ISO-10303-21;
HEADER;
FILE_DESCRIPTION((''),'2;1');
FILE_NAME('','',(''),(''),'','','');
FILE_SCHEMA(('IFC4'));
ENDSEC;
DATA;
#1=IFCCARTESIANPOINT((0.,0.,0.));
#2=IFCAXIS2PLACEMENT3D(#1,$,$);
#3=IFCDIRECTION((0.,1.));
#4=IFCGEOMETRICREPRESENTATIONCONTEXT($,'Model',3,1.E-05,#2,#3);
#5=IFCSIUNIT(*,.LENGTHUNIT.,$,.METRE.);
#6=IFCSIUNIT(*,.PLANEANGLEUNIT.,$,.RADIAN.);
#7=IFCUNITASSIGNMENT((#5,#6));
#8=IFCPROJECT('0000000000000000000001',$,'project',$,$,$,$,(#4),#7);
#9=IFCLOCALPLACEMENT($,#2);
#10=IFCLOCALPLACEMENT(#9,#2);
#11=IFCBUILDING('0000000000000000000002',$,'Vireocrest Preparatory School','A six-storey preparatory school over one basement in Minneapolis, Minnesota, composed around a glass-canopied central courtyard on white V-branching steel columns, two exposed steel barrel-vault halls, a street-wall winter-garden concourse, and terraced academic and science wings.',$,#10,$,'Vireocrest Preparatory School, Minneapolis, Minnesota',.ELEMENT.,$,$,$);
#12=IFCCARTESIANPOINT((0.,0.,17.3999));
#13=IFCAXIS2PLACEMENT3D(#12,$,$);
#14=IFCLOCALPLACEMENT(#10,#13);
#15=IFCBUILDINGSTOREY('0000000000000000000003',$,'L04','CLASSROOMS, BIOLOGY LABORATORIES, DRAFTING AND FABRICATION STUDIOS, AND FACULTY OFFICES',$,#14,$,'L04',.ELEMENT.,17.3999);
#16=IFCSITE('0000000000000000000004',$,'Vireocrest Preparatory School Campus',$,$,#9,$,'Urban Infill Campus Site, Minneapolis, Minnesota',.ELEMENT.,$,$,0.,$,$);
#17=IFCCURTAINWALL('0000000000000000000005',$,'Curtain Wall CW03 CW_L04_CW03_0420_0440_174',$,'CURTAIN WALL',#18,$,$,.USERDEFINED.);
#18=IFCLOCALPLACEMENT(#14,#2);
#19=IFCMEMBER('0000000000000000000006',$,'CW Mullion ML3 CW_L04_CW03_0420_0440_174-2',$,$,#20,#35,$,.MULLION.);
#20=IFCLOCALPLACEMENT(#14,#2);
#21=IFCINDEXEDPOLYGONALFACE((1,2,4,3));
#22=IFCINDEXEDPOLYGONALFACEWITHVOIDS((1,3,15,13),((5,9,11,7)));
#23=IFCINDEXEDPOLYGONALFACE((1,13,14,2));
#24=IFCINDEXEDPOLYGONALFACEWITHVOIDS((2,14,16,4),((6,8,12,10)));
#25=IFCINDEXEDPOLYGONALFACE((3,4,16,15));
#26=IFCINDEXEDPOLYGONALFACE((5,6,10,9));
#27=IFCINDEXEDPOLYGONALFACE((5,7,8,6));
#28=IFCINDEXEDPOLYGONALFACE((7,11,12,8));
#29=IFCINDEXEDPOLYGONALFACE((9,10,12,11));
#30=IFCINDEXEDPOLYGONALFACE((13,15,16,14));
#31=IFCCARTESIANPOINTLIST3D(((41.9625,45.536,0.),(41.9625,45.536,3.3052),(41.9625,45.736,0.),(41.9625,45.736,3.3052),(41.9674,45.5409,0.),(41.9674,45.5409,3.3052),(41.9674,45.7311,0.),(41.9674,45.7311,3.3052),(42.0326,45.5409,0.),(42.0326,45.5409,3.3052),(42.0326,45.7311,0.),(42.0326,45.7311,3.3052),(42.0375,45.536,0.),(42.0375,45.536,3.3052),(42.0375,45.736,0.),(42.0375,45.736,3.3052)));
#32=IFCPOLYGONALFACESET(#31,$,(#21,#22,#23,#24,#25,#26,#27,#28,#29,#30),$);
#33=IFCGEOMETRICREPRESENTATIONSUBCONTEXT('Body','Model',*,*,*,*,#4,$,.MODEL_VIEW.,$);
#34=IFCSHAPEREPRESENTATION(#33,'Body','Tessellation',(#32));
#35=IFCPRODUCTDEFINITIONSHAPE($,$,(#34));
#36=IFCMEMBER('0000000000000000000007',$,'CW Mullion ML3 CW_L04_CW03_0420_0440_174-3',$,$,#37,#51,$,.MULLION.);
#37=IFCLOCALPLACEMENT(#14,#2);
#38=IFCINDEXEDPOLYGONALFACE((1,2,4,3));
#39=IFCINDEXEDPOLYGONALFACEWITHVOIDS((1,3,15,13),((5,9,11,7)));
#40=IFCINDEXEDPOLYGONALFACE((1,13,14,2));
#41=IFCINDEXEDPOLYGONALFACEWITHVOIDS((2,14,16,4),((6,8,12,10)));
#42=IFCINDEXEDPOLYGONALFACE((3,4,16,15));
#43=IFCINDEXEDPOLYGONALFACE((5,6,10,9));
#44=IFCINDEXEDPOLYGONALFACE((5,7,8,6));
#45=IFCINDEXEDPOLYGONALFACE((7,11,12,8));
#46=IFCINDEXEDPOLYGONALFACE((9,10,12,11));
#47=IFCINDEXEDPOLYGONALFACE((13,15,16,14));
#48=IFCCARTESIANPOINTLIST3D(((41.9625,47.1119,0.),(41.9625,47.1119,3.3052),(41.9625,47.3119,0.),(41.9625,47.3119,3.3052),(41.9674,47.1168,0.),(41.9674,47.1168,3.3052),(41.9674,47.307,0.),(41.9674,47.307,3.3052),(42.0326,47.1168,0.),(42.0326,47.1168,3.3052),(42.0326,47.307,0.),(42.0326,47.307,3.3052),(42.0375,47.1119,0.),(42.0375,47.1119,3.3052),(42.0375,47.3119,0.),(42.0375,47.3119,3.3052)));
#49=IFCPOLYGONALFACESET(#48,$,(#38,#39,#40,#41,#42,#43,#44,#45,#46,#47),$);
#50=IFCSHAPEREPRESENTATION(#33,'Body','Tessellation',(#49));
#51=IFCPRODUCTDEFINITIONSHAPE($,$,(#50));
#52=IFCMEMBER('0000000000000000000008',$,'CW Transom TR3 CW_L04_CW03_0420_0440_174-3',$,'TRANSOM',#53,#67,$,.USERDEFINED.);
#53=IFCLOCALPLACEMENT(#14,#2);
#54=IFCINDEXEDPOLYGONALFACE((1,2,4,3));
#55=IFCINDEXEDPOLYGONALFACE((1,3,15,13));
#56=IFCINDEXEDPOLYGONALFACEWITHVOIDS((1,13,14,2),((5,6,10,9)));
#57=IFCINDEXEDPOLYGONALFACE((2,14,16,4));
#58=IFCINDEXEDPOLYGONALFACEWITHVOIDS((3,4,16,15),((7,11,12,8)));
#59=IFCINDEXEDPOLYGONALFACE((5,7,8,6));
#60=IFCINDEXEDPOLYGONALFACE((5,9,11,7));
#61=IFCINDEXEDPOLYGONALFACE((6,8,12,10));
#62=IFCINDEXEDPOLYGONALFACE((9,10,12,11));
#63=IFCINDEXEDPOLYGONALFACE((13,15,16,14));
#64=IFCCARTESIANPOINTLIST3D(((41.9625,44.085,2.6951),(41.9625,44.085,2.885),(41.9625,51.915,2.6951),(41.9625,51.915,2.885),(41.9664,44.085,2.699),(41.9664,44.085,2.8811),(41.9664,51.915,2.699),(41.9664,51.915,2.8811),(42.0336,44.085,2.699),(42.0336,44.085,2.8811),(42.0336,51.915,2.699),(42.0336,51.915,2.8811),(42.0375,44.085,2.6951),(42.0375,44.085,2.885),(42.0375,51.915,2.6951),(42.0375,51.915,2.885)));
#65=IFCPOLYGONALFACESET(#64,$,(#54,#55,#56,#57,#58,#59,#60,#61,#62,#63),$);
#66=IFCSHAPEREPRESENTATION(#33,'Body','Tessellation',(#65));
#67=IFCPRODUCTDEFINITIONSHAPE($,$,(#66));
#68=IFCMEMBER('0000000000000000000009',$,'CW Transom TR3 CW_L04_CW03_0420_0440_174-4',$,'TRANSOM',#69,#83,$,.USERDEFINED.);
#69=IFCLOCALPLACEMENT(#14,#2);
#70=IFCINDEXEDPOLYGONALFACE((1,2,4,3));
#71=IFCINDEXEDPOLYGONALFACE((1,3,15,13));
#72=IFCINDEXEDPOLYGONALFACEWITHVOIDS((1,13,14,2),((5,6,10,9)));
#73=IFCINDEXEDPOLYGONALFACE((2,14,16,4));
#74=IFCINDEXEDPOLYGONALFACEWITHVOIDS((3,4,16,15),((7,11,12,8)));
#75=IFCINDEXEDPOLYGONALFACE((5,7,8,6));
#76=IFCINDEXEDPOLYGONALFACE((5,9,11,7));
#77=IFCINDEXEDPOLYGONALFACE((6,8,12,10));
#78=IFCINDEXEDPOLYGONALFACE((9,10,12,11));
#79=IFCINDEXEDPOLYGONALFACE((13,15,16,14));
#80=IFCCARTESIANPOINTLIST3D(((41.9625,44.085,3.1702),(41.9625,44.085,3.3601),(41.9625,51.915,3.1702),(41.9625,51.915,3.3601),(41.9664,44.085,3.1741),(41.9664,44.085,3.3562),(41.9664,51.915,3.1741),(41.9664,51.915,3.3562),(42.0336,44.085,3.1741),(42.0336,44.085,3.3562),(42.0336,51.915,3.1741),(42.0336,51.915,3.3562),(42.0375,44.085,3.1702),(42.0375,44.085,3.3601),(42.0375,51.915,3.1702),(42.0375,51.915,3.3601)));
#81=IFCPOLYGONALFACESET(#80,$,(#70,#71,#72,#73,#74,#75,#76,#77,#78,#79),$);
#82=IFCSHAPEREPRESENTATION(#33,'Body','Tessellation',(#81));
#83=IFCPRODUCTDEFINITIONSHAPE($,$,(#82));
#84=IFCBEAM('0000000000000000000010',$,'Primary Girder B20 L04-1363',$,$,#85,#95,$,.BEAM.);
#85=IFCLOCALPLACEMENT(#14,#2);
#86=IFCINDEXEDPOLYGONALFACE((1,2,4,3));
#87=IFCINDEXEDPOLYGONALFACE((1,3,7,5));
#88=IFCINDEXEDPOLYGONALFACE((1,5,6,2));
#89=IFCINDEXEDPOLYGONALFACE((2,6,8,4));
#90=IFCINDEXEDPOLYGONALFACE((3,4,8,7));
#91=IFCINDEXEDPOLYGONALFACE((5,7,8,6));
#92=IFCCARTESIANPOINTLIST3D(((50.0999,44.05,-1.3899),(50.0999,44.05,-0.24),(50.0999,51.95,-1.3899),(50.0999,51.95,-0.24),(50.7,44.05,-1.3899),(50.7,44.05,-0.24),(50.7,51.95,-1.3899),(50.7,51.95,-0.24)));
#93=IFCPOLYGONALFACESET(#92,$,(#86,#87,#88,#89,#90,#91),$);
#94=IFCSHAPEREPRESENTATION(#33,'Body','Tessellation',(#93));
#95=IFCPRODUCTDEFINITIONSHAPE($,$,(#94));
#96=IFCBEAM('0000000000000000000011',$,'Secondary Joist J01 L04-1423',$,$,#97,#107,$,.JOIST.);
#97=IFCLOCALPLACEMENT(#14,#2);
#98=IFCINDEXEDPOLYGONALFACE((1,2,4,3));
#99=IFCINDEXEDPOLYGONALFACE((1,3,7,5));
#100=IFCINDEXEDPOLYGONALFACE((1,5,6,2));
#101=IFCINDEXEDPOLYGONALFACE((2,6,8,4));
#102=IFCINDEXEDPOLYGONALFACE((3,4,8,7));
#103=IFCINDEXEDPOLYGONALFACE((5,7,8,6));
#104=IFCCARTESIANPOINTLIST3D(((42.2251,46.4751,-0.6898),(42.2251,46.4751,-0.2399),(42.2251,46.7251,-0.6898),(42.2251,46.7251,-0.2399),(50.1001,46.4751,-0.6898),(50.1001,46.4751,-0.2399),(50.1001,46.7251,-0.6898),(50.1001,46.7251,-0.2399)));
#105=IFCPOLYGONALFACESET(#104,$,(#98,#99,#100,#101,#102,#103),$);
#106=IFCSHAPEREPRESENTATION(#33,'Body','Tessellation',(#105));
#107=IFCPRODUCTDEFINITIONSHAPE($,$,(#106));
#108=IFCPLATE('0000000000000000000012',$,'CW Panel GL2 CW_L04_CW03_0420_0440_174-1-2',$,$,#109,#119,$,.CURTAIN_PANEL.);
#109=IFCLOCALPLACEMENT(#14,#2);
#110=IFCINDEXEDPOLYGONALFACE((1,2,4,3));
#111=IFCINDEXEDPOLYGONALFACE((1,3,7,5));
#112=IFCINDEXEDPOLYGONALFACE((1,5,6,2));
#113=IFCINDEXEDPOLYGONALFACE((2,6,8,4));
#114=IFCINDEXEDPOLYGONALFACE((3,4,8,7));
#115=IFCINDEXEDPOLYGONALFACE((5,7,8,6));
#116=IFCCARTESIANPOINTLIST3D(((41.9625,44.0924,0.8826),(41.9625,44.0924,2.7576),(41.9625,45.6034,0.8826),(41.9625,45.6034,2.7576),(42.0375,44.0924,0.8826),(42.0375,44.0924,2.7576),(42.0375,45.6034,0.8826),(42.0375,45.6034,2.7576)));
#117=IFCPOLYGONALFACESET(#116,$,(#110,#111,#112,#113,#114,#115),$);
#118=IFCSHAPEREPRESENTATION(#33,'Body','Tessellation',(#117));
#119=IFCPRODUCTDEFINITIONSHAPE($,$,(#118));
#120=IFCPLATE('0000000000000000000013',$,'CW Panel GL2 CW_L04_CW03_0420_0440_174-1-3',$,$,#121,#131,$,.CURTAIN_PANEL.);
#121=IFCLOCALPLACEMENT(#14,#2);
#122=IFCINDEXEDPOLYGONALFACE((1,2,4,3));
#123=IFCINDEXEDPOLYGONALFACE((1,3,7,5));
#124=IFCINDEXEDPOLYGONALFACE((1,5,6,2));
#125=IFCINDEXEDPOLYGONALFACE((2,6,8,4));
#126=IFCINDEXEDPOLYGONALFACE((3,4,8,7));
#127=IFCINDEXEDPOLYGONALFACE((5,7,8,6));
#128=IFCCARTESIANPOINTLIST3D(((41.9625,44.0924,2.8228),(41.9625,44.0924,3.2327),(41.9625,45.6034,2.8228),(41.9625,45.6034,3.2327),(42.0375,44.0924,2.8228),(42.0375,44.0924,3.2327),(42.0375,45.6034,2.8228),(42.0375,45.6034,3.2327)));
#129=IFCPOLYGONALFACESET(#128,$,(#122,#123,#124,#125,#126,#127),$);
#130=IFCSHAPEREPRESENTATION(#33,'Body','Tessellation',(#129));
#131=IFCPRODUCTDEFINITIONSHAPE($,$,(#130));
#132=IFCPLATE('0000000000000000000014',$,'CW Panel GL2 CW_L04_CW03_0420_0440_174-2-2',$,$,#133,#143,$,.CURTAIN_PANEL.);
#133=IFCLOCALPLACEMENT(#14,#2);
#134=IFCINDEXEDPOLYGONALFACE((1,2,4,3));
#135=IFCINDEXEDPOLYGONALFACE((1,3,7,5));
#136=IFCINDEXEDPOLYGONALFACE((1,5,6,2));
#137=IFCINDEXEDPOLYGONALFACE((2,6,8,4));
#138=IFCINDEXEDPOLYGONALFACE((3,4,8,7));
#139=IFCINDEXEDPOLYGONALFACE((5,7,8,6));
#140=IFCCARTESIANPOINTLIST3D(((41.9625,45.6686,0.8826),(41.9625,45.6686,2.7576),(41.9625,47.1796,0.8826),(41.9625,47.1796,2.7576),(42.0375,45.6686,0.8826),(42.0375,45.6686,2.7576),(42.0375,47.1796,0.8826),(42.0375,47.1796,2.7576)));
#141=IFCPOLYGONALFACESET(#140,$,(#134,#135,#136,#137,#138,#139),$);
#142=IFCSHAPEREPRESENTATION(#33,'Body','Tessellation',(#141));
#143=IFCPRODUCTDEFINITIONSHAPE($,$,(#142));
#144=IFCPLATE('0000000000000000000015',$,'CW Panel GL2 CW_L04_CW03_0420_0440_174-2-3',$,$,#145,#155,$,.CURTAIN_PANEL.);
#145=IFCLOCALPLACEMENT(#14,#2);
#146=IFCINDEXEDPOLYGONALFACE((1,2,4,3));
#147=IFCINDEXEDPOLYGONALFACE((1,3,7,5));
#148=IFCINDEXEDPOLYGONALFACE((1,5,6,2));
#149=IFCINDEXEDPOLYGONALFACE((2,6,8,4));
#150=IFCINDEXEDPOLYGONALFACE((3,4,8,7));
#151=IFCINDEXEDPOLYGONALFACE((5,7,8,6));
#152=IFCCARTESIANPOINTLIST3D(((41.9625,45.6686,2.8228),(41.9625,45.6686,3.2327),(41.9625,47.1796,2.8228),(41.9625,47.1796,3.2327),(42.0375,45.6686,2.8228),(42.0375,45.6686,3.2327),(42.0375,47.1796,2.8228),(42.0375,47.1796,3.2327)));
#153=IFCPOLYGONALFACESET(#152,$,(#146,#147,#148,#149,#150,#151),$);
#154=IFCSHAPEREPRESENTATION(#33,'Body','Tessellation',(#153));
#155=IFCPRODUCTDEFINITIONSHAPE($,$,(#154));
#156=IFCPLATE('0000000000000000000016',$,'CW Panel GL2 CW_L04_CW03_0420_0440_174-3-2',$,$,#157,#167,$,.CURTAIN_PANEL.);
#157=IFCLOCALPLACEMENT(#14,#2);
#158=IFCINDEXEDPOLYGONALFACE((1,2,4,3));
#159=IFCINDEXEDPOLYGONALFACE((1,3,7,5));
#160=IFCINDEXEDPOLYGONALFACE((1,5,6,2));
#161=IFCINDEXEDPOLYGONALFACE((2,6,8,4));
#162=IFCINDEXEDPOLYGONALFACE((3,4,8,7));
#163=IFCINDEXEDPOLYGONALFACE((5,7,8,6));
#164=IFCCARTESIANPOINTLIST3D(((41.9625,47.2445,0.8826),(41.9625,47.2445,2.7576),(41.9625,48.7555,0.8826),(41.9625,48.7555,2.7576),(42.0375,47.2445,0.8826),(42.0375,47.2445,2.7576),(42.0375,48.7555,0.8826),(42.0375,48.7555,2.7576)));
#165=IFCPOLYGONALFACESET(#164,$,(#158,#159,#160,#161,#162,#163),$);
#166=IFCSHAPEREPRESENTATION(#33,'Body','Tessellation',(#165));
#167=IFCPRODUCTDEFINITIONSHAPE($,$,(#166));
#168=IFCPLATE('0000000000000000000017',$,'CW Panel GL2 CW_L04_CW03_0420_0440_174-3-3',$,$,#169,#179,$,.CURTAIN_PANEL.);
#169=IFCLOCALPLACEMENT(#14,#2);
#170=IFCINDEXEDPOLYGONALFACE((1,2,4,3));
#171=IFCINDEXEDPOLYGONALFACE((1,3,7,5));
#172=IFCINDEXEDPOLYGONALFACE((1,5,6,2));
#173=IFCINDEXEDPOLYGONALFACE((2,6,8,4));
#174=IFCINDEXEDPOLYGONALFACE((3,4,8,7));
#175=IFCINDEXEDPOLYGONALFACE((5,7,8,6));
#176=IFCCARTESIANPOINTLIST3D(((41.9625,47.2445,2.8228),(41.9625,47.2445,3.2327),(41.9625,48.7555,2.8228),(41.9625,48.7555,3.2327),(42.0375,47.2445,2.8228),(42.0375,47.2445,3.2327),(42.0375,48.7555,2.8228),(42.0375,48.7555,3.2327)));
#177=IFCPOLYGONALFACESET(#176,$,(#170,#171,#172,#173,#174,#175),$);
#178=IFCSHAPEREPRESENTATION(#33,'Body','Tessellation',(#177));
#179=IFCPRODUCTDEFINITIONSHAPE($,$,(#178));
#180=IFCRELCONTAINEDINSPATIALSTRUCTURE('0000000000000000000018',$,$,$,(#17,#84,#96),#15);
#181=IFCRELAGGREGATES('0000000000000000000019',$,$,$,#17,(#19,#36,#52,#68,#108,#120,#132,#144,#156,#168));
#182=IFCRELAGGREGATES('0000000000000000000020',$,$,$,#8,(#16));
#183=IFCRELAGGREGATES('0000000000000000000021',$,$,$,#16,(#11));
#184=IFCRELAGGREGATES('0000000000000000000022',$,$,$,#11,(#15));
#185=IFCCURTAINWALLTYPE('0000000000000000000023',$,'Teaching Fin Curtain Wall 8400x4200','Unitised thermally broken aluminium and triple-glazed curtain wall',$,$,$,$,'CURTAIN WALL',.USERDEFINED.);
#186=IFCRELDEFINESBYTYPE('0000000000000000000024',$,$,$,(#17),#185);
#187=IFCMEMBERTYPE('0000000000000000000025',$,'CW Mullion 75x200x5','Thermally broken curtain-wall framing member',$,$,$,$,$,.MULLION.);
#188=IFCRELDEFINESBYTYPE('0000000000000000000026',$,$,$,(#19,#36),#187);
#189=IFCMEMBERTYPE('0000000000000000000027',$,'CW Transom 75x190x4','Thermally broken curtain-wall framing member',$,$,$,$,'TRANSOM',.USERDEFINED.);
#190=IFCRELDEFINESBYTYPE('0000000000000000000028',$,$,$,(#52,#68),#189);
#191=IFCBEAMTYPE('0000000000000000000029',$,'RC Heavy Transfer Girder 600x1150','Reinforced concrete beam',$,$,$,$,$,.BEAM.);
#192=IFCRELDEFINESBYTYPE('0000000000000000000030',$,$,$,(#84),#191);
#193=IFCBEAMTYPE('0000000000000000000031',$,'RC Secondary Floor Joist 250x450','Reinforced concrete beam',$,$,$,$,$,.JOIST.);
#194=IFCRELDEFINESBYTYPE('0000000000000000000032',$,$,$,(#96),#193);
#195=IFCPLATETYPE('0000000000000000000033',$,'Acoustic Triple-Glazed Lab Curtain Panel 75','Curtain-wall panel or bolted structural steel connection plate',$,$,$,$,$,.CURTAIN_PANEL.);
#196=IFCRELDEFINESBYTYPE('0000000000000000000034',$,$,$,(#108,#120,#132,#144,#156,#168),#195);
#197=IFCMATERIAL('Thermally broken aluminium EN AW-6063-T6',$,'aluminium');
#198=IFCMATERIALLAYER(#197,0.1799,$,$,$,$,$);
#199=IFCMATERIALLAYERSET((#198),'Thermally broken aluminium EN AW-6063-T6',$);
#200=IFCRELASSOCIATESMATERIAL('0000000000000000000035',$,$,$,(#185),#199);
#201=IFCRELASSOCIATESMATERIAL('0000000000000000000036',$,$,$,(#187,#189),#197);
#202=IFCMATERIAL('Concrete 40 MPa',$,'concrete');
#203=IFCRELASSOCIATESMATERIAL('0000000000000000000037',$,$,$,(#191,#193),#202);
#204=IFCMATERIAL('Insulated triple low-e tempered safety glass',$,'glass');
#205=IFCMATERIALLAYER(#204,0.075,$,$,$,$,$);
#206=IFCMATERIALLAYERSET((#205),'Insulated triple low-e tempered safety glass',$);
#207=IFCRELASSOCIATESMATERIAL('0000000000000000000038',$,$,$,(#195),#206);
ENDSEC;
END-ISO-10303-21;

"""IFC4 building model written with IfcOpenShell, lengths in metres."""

from ifc_helpers import new_model, si_unit, direction, frame, origin, origin_2d, place, context, subcontext, project, spatial, rectangle, hollow_rectangle, extrude, material, layer, layer_set, material_profile, profile_set, type_object, element, aggregate, save


model = new_model("IFC4")

# Units and contexts
model_context = context("Model", 3, precision=1e-05, world=origin(), true_north=direction((0.0, 1.0)))
body_context = subcontext(model_context, "Body", "Model", "MODEL_VIEW")
ifc_project = project(units=[si_unit("LENGTHUNIT", "METRE"), si_unit("PLANEANGLEUNIT", "RADIAN")], contexts=[model_context])

# Site, building, storey
site_placement = place(None, origin())
site = spatial("IfcSite", under=ifc_project, at=site_placement, Name="Vireocrest Preparatory School Campus", LongName="Urban Infill Campus Site, Minneapolis, Minnesota", CompositionType="ELEMENT", RefElevation=0.0)
building_placement = place(site_placement, origin())
building = spatial("IfcBuilding", under=site, at=building_placement, Name="Vireocrest Preparatory School", Description="A six-storey preparatory school over one basement in Minneapolis, Minnesota, composed around a glass-canopied central courtyard on white V-branching steel columns, two exposed steel barrel-vault halls, a street-wall winter-garden concourse, and terraced academic and science wings.", LongName="Vireocrest Preparatory School, Minneapolis, Minnesota", CompositionType="ELEMENT")
storey_placement = place(building_placement, frame((0.0, 0.0, 17.3999)))
storey = spatial("IfcBuildingStorey", under=building, at=storey_placement, Name="L04", Description="CLASSROOMS, BIOLOGY LABORATORIES, DRAFTING AND FABRICATION STUDIOS, AND FACULTY OFFICES", LongName="L04", CompositionType="ELEMENT", Elevation=17.3999)

# Curtain wall, members
ifc_material_1 = material(Name="Thermally broken aluminium EN AW-6063-T6", Category="aluminium")
ifc_layer_1 = layer(ifc_material_1, 0.1799)
ifc_layer_set_1 = layer_set([ifc_layer_1], Name="Thermally broken aluminium EN AW-6063-T6")
curtain_wall_type = type_object("IfcCurtainWallType", Name="Teaching Fin Curtain Wall 8400x4200", Description="Unitised thermally broken aluminium and triple-glazed curtain wall", ElementType="CURTAIN WALL", PredefinedType="USERDEFINED", material=ifc_layer_set_1)
curtain_wall_placement = place(storey_placement, origin())
curtain_wall = element("IfcCurtainWall", 1, at=curtain_wall_placement, inside=storey, type_object=curtain_wall_type, Name="Curtain Wall CW03 CW_L04_CW03_0420_0440_174", ObjectType="CURTAIN WALL", PredefinedType="USERDEFINED")
ifc_material_profile_1 = material_profile(ifc_material_1, hollow_rectangle(XDim=0.075, YDim=0.2, WallThickness=0.0049, at=origin_2d()), Name="ALU 75x200x5")
ifc_profile_set_1 = profile_set([ifc_material_profile_1], Name="Thermally broken aluminium EN AW-6063-T6")
member_type_1 = type_object("IfcMemberType", Name="CW Mullion 75x200x5", Description="Thermally broken curtain-wall framing member", PredefinedType="MULLION", material=ifc_profile_set_1)
member_1_placement = place(storey_placement, frame((42.0, 45.636, 0.0), z_axis=(0.0, 0.0, 1.0), x_axis=(1.0, 0.0, 0.0)))
member_1 = element("IfcMember", 2, at=member_1_placement, type_object=member_type_1, Name="CW Mullion ML3 CW_L04_CW03_0420_0440_174-2", PredefinedType="MULLION", context=body_context, shape_type="SweptSolid", body=[
    extrude(hollow_rectangle(XDim=0.075, YDim=0.2, WallThickness=0.0049, at=origin_2d()), origin(), (0.0, 0.0, 1.0), 3.3052),
])
member_2_placement = place(storey_placement, frame((42.0, 47.2119, 0.0), z_axis=(0.0, 0.0, 1.0), x_axis=(1.0, 0.0, 0.0)))
member_2 = element("IfcMember", 3, at=member_2_placement, type_object=member_type_1, Name="CW Mullion ML3 CW_L04_CW03_0420_0440_174-3", PredefinedType="MULLION", context=body_context, shape_type="SweptSolid", body=[
    extrude(hollow_rectangle(XDim=0.075, YDim=0.2, WallThickness=0.0049, at=origin_2d()), origin(), (0.0, 0.0, 1.0), 3.3052),
])
ifc_material_profile_2 = material_profile(ifc_material_1, hollow_rectangle(XDim=0.075, YDim=0.1899, WallThickness=0.0039, at=origin_2d()), Name="ALU 75x190x4")
ifc_profile_set_2 = profile_set([ifc_material_profile_2], Name="Thermally broken aluminium EN AW-6063-T6")
member_type_2 = type_object("IfcMemberType", Name="CW Transom 75x190x4", Description="Thermally broken curtain-wall framing member", ElementType="TRANSOM", PredefinedType="USERDEFINED", material=ifc_profile_set_2)
member_3_placement = place(storey_placement, frame((42.0, 44.085, 2.79), z_axis=(0.0, 1.0, 0.0), x_axis=(-1.0, 0.0, 0.0)))
member_3 = element("IfcMember", 4, at=member_3_placement, type_object=member_type_2, Name="CW Transom TR3 CW_L04_CW03_0420_0440_174-3", ObjectType="TRANSOM", PredefinedType="USERDEFINED", context=body_context, shape_type="SweptSolid", body=[
    extrude(hollow_rectangle(XDim=0.075, YDim=0.1899, WallThickness=0.0039, at=origin_2d()), origin(), (0.0, 0.0, 1.0), 7.8301),
])
member_4_placement = place(storey_placement, frame((42.0, 44.085, 3.2651), z_axis=(0.0, 1.0, 0.0), x_axis=(-1.0, 0.0, 0.0)))
member_4 = element("IfcMember", 5, at=member_4_placement, type_object=member_type_2, Name="CW Transom TR3 CW_L04_CW03_0420_0440_174-4", ObjectType="TRANSOM", PredefinedType="USERDEFINED", context=body_context, shape_type="SweptSolid", body=[
    extrude(hollow_rectangle(XDim=0.075, YDim=0.1899, WallThickness=0.0039, at=origin_2d()), origin(), (0.0, 0.0, 1.0), 7.8301),
])

# Beams
ifc_material_2 = material(Name="Concrete 40 MPa", Category="concrete")
ifc_material_profile_3 = material_profile(ifc_material_2, rectangle(XDim=0.6001, YDim=1.1499, at=origin_2d()), Name="RC 600x1150")
ifc_profile_set_3 = profile_set([ifc_material_profile_3], Name="Concrete 40 MPa")
beam_type_1 = type_object("IfcBeamType", Name="RC Heavy Transfer Girder 600x1150", Description="Reinforced concrete beam", PredefinedType="BEAM", material=ifc_profile_set_3)
beam_1_placement = place(storey_placement, frame((50.3999, 44.05, -0.8149), z_axis=(0.0, 1.0, 0.0), x_axis=(-1.0, 0.0, 0.0)))
element("IfcBeam", 6, at=beam_1_placement, inside=storey, type_object=beam_type_1, Name="Primary Girder B20 L04-1363", PredefinedType="BEAM", context=body_context, shape_type="SweptSolid", body=[
    extrude(rectangle(XDim=0.6001, YDim=1.1499, at=origin_2d()), origin(), (0.0, 0.0, 1.0), 7.8999),
])
ifc_material_profile_4 = material_profile(ifc_material_2, rectangle(XDim=0.25, YDim=0.45, at=origin_2d()), Name="RC 250x450")
ifc_profile_set_4 = profile_set([ifc_material_profile_4], Name="Concrete 40 MPa")
beam_type_2 = type_object("IfcBeamType", Name="RC Secondary Floor Joist 250x450", Description="Reinforced concrete beam", PredefinedType="JOIST", material=ifc_profile_set_4)
beam_2_placement = place(storey_placement, frame((42.2251, 46.6001, -0.4648), z_axis=(1.0, 0.0, 0.0), x_axis=(0.0, 1.0, 0.0)))
element("IfcBeam", 7, at=beam_2_placement, inside=storey, type_object=beam_type_2, Name="Secondary Joist J01 L04-1423", PredefinedType="JOIST", context=body_context, shape_type="SweptSolid", body=[
    extrude(rectangle(XDim=0.25, YDim=0.45, at=origin_2d()), origin(), (0.0, 0.0, 1.0), 7.875),
])

# Plates
ifc_material_3 = material(Name="Insulated triple low-e tempered safety glass", Category="glass")
ifc_layer_2 = layer(ifc_material_3, 0.075)
ifc_layer_set_2 = layer_set([ifc_layer_2], Name="Insulated triple low-e tempered safety glass")
plate_type_1 = type_object("IfcPlateType", Name="Acoustic Triple-Glazed Lab Curtain Panel 75", Description="Curtain-wall panel or bolted structural steel connection plate", PredefinedType="CURTAIN_PANEL", material=ifc_layer_set_2)
plate_1_placement = place(storey_placement, frame((42.0, 44.8479, 0.8826), z_axis=(0.0, 0.0, 1.0), x_axis=(0.0, 1.0, 0.0)))
plate_1 = element("IfcPlate", 8, at=plate_1_placement, type_object=plate_type_1, Name="CW Panel GL2 CW_L04_CW03_0420_0440_174-1-2", PredefinedType="CURTAIN_PANEL", context=body_context, shape_type="SweptSolid", body=[
    extrude(rectangle(XDim=1.511, YDim=0.075, at=origin_2d()), origin(), (0.0, 0.0, 1.0), 1.875),
])
plate_2_placement = place(storey_placement, frame((42.0, 44.8479, 2.8228), z_axis=(0.0, 0.0, 1.0), x_axis=(0.0, 1.0, 0.0)))
plate_2 = element("IfcPlate", 9, at=plate_2_placement, type_object=plate_type_1, Name="CW Panel GL2 CW_L04_CW03_0420_0440_174-1-3", PredefinedType="CURTAIN_PANEL", context=body_context, shape_type="SweptSolid", body=[
    extrude(rectangle(XDim=1.511, YDim=0.075, at=origin_2d()), origin(), (0.0, 0.0, 1.0), 0.4099),
])
plate_3_placement = place(storey_placement, frame((42.0, 46.4241, 0.8826), z_axis=(0.0, 0.0, 1.0), x_axis=(0.0, 1.0, 0.0)))
plate_3 = element("IfcPlate", 10, at=plate_3_placement, type_object=plate_type_1, Name="CW Panel GL2 CW_L04_CW03_0420_0440_174-2-2", PredefinedType="CURTAIN_PANEL", context=body_context, shape_type="SweptSolid", body=[
    extrude(rectangle(XDim=1.511, YDim=0.075, at=origin_2d()), origin(), (0.0, 0.0, 1.0), 1.875),
])
plate_4_placement = place(storey_placement, frame((42.0, 46.4241, 2.8228), z_axis=(0.0, 0.0, 1.0), x_axis=(0.0, 1.0, 0.0)))
plate_4 = element("IfcPlate", 11, at=plate_4_placement, type_object=plate_type_1, Name="CW Panel GL2 CW_L04_CW03_0420_0440_174-2-3", PredefinedType="CURTAIN_PANEL", context=body_context, shape_type="SweptSolid", body=[
    extrude(rectangle(XDim=1.511, YDim=0.075, at=origin_2d()), origin(), (0.0, 0.0, 1.0), 0.4099),
])
plate_5_placement = place(storey_placement, frame((42.0, 48.0, 0.8826), z_axis=(0.0, 0.0, 1.0), x_axis=(0.0, 1.0, 0.0)))
plate_5 = element("IfcPlate", 12, at=plate_5_placement, type_object=plate_type_1, Name="CW Panel GL2 CW_L04_CW03_0420_0440_174-3-2", PredefinedType="CURTAIN_PANEL", context=body_context, shape_type="SweptSolid", body=[
    extrude(rectangle(XDim=1.511, YDim=0.075, at=origin_2d()), origin(), (0.0, 0.0, 1.0), 1.875),
])
plate_6_placement = place(storey_placement, frame((42.0, 48.0, 2.8228), z_axis=(0.0, 0.0, 1.0), x_axis=(0.0, 1.0, 0.0)))
plate_6 = element("IfcPlate", 13, at=plate_6_placement, type_object=plate_type_1, Name="CW Panel GL2 CW_L04_CW03_0420_0440_174-3-3", PredefinedType="CURTAIN_PANEL", context=body_context, shape_type="SweptSolid", body=[
    extrude(rectangle(XDim=1.511, YDim=0.075, at=origin_2d()), origin(), (0.0, 0.0, 1.0), 0.4099),
])
aggregate(curtain_wall, [member_1, member_2, member_3, member_4, plate_1, plate_2, plate_3, plate_4, plate_5, plate_6])

save(model, "model.ifc")
